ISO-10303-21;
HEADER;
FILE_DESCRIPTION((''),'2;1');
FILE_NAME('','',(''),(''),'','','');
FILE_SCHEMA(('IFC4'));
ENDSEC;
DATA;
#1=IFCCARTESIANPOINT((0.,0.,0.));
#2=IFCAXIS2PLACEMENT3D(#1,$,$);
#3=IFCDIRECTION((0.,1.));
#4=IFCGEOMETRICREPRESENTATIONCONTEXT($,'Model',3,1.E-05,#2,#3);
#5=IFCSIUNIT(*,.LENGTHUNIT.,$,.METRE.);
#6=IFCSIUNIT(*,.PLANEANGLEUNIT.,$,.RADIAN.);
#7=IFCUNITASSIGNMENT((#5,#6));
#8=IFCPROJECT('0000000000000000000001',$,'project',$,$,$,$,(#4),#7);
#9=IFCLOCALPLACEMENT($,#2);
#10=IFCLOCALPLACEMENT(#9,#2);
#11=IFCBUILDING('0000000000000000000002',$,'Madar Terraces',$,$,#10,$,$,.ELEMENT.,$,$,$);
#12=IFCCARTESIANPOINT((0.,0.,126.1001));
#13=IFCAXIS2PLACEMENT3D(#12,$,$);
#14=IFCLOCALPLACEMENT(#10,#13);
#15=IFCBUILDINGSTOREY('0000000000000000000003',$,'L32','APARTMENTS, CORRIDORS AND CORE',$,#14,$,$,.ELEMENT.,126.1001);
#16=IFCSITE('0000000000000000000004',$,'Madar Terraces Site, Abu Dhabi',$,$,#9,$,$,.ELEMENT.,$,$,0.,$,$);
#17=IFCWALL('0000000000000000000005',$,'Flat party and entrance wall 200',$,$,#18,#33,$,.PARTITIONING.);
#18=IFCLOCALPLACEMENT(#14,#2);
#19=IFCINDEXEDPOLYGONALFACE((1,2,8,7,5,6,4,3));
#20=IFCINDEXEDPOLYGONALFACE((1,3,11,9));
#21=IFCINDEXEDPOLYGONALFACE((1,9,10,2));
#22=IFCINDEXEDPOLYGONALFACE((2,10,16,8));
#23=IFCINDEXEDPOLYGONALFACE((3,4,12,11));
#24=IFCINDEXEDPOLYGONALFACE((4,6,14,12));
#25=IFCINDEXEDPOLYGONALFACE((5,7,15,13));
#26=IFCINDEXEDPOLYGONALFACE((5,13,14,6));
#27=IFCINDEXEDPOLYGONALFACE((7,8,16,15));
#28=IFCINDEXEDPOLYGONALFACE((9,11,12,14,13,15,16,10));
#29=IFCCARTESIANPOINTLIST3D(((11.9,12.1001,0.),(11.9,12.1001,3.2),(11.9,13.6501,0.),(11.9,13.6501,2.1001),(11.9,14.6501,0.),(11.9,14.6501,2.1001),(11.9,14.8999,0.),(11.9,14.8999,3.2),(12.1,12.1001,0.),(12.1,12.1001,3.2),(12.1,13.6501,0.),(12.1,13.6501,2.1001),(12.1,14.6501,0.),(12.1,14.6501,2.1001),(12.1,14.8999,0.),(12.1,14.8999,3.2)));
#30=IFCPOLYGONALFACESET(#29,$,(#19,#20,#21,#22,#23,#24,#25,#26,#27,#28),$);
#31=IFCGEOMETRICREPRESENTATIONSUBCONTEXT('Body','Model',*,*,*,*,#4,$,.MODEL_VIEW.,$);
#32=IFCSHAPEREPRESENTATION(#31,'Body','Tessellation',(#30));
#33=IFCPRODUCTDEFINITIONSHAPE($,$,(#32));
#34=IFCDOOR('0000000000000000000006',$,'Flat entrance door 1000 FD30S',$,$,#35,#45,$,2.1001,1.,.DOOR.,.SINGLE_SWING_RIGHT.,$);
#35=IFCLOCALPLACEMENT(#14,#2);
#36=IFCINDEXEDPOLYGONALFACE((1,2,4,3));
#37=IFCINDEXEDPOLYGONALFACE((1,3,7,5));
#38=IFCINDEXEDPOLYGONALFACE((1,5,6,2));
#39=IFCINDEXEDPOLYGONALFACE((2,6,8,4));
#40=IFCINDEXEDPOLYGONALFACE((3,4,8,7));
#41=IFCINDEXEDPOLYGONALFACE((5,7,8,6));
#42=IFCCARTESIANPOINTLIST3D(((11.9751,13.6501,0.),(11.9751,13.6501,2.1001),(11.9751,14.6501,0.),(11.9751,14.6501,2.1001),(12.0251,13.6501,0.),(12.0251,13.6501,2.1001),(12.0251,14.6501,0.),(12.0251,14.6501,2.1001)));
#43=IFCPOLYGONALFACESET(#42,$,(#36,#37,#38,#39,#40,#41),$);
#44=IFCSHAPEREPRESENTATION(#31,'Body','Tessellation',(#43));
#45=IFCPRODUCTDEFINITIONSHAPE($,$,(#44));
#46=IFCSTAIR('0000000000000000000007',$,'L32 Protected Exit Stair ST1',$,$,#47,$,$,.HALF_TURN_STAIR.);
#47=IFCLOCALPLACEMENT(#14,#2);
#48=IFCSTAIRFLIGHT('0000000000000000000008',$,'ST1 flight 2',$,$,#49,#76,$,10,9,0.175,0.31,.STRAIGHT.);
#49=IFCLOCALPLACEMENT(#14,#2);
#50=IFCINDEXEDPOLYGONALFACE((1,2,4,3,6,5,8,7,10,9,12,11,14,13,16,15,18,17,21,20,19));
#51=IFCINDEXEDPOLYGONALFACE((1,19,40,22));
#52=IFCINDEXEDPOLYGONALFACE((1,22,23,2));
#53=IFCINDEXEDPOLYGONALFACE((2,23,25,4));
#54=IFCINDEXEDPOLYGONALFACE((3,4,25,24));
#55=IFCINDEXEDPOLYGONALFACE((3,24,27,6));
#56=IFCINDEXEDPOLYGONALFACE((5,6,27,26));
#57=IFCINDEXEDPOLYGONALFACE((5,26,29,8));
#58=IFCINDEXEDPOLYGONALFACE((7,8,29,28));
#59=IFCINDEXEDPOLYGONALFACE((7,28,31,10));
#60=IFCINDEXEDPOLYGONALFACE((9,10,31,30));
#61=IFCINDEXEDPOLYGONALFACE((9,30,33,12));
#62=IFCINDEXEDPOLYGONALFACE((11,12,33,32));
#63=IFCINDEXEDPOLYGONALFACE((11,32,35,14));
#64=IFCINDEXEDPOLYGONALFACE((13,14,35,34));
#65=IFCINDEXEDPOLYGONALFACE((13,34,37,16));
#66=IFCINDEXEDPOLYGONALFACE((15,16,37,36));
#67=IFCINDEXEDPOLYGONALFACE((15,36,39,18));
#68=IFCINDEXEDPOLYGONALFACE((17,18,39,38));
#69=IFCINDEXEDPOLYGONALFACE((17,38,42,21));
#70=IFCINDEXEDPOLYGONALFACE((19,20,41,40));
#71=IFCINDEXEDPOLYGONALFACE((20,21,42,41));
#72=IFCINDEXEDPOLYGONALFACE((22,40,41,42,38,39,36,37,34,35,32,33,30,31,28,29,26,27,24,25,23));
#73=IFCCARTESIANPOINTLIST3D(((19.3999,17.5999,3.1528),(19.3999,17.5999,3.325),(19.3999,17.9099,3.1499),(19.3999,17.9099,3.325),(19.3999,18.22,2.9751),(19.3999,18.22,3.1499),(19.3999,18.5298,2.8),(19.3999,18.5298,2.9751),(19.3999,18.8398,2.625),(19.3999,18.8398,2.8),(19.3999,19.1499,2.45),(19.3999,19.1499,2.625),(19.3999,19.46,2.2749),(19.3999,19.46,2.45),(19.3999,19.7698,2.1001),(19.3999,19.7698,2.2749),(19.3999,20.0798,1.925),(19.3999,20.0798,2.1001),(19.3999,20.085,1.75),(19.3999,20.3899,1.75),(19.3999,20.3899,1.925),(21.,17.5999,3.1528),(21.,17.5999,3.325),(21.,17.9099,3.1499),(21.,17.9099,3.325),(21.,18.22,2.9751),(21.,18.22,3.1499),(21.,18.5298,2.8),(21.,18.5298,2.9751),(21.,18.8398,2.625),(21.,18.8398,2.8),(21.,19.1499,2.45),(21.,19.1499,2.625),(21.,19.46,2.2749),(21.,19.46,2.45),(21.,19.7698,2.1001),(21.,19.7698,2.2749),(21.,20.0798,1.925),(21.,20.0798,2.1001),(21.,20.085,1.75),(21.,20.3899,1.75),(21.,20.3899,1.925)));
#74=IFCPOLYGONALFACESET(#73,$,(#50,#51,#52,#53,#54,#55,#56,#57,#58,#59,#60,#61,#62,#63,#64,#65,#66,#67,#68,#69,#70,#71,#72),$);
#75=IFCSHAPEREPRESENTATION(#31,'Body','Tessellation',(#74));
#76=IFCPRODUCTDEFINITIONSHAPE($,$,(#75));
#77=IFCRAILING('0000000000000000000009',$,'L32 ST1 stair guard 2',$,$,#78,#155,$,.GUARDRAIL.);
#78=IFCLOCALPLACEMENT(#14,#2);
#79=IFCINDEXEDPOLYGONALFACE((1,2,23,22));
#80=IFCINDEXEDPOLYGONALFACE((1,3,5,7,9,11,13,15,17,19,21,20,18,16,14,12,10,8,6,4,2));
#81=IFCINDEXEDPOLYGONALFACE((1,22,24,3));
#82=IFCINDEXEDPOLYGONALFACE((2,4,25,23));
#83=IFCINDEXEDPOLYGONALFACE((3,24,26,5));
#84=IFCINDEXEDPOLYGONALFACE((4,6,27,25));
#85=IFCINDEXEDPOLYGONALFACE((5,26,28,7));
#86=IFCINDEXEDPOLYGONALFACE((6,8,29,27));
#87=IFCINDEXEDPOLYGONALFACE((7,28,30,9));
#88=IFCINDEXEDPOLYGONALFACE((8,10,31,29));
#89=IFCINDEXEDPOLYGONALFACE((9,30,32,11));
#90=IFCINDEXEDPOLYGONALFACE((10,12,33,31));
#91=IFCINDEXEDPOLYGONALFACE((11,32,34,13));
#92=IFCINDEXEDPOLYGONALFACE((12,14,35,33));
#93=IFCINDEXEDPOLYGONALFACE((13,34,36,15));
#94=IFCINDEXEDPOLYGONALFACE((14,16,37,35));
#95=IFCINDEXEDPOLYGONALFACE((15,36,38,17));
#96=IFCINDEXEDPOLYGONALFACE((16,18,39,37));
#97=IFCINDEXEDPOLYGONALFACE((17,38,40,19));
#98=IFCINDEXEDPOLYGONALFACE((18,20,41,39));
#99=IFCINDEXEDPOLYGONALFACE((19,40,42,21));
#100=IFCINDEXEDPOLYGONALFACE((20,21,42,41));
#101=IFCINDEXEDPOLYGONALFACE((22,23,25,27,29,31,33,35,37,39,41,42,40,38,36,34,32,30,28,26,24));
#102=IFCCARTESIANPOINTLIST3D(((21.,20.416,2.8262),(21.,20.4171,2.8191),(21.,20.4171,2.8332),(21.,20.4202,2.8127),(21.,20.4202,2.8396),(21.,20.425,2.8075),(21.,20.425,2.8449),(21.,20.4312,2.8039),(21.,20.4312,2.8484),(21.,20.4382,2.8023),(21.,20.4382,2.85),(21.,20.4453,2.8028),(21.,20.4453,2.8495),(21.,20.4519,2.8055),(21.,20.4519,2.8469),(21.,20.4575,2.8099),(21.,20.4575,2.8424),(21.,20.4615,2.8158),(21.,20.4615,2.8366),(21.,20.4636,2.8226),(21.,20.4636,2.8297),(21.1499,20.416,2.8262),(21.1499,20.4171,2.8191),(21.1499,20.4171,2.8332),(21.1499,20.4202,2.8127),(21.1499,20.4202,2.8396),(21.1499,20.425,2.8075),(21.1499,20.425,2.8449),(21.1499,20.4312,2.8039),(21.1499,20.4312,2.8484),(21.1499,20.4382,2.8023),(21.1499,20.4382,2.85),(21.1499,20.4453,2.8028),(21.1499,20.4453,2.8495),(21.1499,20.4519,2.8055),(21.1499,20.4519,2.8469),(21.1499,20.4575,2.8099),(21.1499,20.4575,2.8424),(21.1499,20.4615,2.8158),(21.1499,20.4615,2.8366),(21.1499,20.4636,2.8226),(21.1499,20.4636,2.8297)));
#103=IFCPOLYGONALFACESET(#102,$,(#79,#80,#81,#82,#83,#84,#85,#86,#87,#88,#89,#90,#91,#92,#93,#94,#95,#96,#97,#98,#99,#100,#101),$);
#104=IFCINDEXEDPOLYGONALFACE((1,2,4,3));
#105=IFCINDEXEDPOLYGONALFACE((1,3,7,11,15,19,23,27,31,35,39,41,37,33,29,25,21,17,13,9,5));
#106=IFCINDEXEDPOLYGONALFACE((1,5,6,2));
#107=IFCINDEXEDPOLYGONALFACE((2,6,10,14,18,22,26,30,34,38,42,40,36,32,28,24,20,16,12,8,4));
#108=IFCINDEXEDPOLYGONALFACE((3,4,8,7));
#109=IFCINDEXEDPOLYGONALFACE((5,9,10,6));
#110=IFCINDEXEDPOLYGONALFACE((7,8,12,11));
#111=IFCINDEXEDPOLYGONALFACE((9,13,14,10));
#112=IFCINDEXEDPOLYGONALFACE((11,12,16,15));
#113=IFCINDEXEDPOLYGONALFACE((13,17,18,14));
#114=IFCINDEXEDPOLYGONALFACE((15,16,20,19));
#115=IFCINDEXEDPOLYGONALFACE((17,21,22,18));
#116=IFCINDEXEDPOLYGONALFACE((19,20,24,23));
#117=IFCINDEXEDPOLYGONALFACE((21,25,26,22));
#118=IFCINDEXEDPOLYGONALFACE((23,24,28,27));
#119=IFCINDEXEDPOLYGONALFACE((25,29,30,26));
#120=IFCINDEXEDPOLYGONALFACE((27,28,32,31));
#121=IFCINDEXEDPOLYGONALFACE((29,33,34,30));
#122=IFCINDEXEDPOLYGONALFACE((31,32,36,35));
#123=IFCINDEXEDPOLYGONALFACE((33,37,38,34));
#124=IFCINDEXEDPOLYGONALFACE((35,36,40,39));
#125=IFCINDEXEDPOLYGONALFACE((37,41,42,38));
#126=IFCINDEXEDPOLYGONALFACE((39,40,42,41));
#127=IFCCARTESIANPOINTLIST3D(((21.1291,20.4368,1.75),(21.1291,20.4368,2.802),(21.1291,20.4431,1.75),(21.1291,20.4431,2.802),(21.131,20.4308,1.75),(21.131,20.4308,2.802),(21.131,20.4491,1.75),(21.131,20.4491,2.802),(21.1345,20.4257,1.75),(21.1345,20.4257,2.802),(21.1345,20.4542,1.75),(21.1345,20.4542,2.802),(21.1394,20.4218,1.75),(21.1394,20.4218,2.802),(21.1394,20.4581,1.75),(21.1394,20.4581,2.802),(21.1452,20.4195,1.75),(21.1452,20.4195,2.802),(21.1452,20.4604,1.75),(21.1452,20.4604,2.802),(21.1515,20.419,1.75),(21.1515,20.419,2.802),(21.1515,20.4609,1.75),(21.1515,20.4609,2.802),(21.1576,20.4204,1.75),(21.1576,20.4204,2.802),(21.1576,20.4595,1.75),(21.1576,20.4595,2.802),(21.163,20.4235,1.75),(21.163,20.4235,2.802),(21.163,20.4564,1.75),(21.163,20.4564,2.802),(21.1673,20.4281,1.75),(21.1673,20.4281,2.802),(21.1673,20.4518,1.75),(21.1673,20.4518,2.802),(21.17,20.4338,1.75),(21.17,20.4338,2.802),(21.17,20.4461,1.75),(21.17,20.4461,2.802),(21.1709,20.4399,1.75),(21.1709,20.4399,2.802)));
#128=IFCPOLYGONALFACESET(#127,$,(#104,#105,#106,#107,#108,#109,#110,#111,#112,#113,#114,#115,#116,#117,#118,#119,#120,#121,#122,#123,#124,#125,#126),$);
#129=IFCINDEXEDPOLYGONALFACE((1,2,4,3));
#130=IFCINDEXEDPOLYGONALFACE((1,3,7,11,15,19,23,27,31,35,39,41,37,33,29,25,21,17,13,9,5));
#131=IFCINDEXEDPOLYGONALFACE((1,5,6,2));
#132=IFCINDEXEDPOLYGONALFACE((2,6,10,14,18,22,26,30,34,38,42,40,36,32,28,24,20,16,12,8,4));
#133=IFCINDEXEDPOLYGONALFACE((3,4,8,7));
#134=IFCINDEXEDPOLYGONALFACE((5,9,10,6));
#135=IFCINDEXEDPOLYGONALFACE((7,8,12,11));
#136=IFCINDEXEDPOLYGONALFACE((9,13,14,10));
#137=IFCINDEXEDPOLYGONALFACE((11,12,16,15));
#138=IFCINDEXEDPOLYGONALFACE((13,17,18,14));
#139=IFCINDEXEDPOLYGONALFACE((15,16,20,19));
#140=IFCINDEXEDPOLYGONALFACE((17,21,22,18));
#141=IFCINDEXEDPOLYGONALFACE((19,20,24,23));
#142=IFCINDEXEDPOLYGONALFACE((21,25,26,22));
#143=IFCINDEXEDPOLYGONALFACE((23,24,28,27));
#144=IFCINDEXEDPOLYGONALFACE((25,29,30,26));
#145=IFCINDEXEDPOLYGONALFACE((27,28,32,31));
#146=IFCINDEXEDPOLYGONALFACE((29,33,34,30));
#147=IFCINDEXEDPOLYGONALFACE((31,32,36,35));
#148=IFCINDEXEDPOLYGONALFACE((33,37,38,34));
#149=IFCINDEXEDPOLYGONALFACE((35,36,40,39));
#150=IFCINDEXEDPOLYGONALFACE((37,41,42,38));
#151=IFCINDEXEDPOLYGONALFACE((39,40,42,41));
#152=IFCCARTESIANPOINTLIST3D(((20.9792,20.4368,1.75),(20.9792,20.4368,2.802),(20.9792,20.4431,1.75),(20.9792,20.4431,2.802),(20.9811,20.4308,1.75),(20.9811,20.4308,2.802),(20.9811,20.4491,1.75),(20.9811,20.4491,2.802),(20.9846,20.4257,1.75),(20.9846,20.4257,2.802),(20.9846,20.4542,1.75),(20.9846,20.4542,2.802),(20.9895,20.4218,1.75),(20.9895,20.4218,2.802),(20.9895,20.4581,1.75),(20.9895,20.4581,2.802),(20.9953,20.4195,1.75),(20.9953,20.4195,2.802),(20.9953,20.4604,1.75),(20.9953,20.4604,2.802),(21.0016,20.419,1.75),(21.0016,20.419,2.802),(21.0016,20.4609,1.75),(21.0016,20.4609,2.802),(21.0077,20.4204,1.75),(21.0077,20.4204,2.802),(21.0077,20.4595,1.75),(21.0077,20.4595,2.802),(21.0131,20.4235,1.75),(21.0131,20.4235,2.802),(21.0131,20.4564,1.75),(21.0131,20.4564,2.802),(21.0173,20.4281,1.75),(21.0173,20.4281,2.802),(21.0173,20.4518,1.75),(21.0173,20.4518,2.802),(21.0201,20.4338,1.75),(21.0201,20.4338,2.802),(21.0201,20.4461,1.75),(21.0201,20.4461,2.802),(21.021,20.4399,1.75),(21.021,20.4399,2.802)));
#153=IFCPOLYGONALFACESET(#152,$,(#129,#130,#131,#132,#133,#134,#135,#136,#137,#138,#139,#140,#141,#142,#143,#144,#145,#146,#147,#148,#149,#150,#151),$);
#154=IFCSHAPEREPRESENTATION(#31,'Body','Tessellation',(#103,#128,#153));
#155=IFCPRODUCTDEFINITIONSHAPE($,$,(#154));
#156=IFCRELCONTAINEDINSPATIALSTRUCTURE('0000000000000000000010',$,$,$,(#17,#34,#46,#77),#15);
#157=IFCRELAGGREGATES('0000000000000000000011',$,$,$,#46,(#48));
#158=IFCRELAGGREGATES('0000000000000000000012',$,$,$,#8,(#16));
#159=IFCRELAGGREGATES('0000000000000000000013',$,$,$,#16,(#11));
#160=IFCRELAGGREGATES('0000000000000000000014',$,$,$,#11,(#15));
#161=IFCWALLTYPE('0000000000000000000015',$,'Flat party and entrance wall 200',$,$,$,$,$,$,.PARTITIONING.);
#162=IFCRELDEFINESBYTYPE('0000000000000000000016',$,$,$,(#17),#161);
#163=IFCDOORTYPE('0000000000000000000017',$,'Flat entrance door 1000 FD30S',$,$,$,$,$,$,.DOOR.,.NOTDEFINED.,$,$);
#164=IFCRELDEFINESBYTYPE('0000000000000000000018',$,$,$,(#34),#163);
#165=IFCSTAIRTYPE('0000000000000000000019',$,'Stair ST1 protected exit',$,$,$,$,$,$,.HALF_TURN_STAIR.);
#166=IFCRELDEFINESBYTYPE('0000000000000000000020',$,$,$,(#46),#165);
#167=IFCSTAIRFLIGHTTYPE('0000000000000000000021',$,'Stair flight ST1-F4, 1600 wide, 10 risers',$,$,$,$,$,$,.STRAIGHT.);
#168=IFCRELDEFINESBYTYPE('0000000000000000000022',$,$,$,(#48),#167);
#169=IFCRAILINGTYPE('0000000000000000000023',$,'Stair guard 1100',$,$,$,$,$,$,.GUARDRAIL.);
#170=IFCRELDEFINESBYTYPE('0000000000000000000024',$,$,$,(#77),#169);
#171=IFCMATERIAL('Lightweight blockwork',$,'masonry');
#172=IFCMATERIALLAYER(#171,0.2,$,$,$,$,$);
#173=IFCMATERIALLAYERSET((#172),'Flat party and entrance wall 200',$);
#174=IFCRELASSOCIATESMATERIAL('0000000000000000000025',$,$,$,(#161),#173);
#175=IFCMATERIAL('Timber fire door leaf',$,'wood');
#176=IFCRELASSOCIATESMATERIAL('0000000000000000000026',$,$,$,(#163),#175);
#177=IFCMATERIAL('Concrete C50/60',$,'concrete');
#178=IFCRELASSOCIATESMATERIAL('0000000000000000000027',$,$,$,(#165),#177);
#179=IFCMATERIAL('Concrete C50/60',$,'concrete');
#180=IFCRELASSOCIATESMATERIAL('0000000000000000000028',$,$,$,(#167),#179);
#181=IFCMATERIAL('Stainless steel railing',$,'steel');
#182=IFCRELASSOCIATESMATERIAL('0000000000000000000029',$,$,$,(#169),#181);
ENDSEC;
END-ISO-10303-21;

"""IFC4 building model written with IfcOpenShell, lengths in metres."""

from ifc_helpers import new_model, si_unit, direction, frame, frame_2d, origin, origin_2d, place, context, subcontext, project, spatial, polyline, rectangle, circle, outline, extrude, material, layer, layer_set, type_object, element, fill, aggregate, save


model = new_model("IFC4")

# Units and contexts
model_context = context("Model", 3, precision=1e-05, world=origin(), true_north=direction((0.0, 1.0)))
body_context = subcontext(model_context, "Body", "Model", "MODEL_VIEW")
ifc_project = project(units=[si_unit("LENGTHUNIT", "METRE"), si_unit("PLANEANGLEUNIT", "RADIAN")], contexts=[model_context])

# Site, building, storey
site_placement = place(None, origin())
site = spatial("IfcSite", under=ifc_project, at=site_placement, Name="Madar Terraces Site, Abu Dhabi", CompositionType="ELEMENT", RefElevation=0.0)
building_placement = place(site_placement, origin())
building = spatial("IfcBuilding", under=site, at=building_placement, Name="Madar Terraces", CompositionType="ELEMENT")
storey_placement = place(building_placement, frame((0.0, 0.0, 126.1001)))
storey = spatial("IfcBuildingStorey", under=building, at=storey_placement, Name="L32", Description="APARTMENTS, CORRIDORS AND CORE", CompositionType="ELEMENT", Elevation=126.1001)

# Wall, opening, door
ifc_material_1 = material(Name="Lightweight blockwork", Category="masonry")
ifc_layer_1 = layer(ifc_material_1, 0.2)
ifc_layer_set_1 = layer_set([ifc_layer_1], Name="Flat party and entrance wall 200")
wall_type_1 = type_object("IfcWallType", Name="Flat party and entrance wall 200", PredefinedType="PARTITIONING", material=ifc_layer_set_1)
wall_1_placement = place(storey_placement, frame((12.0, 12.1001, 0.0), z_axis=(0.0, 0.0, 1.0), x_axis=(0.0, 1.0, 0.0)))
wall_1 = element("IfcWall", 1, at=wall_1_placement, inside=storey, type_object=wall_type_1, Name="Flat party and entrance wall 200", PredefinedType="PARTITIONING", context=body_context, shape_type="SweptSolid", body=[
    extrude(rectangle(XDim=2.7998, YDim=0.2, at=frame_2d((1.3999, 0.0))), origin(), (0.0, 0.0, 1.0), 3.2),
])
opening_1_placement = place(wall_1_placement, frame((1.55, 0.0, 0.0)))
opening_1 = element("IfcOpeningElement", 2, at=opening_1_placement, cuts=wall_1, PredefinedType="OPENING", context=body_context, shape_type="SweptSolid", body=[
    extrude(rectangle(XDim=1.0, YDim=2.1001, at=frame_2d((0.5, 1.05))), frame((0.0, 0.1099, 0.0), z_axis=(0.0, -1.0, 0.0), x_axis=(1.0, 0.0, 0.0)), (0.0, 0.0, 1.0), 0.22),
])
ifc_material_2 = material(Name="Timber fire door leaf", Category="wood")
door_type_1 = type_object("IfcDoorType", Name="Flat entrance door 1000 FD30S", OperationType="NOTDEFINED", PredefinedType="DOOR", material=ifc_material_2)
door_1_placement = place(opening_1_placement, origin())
door_1 = element("IfcDoor", 3, at=door_1_placement, inside=storey, type_object=door_type_1, Name="Flat entrance door 1000 FD30S", OperationType="SINGLE_SWING_RIGHT", OverallHeight=2.1001, OverallWidth=1.0, PredefinedType="DOOR", context=body_context, shape_type="SweptSolid", body=[
    extrude(rectangle(XDim=1.0, YDim=2.1001, at=frame_2d((0.5, 1.05))), frame((0.0, 0.0249, 0.0), z_axis=(0.0, -1.0, 0.0), x_axis=(1.0, 0.0, 0.0)), (0.0, 0.0, 1.0), 0.05),
])
fill(opening_1, door_1)

# Stair, stair flight
ifc_material_3 = material(Name="Concrete C50/60", Category="concrete")
stair_type = type_object("IfcStairType", Name="Stair ST1 protected exit", PredefinedType="HALF_TURN_STAIR", material=ifc_material_3)
stair_placement = place(storey_placement, origin())
stair = element("IfcStair", 4, at=stair_placement, inside=storey, type_object=stair_type, Name="L32 Protected Exit Stair ST1", PredefinedType="HALF_TURN_STAIR")
ifc_material_4 = material(Name="Concrete C50/60", Category="concrete")
stair_flight_type = type_object("IfcStairFlightType", Name="Stair flight ST1-F4, 1600 wide, 10 risers", PredefinedType="STRAIGHT", material=ifc_material_4)
stair_flight_placement = place(storey_placement, frame((20.2, 20.3899, 1.75), z_axis=(0.0, 0.0, 1.0), x_axis=(0.0, -1.0, 0.0)))
stair_flight = element("IfcStairFlight", 5, at=stair_flight_placement, type_object=stair_flight_type, Name="ST1 flight 2", NumberOfRisers=10, NumberOfTreads=9, PredefinedType="STRAIGHT", RiserHeight=0.175, TreadLength=0.31, context=body_context, shape_type="SweptSolid", body=[
    extrude(outline(polyline([(0.0, 0.0), (0.0, 0.175), (0.3101, 0.175), (0.3101, 0.3501), (0.6201, 0.3501), (0.6201, 0.5249), (0.9299, 0.5249), (0.9299, 0.7), (1.24, 0.7), (1.24, 0.875), (1.55, 0.875), (1.55, 1.05), (1.8601, 1.05), (1.8601, 1.2251), (2.1699, 1.2251), (2.1699, 1.3999), (2.48, 1.3999), (2.48, 1.575), (2.79, 1.575), (2.79, 1.75), (2.79, 1.4028), (0.3049, 0.0), (0.0, 0.0)])), frame((0.0, 0.8, 0.0), z_axis=(0.0, -1.0, 0.0), x_axis=(1.0, 0.0, 0.0)), (0.0, 0.0, 1.0), 1.6001),
])
aggregate(stair, [stair_flight])

# Railing
ifc_material_5 = material(Name="Stainless steel railing", Category="steel")
railing_type_1 = type_object("IfcRailingType", Name="Stair guard 1100", PredefinedType="GUARDRAIL", material=ifc_material_5)
railing_1_placement = place(storey_placement, frame((21.1499, 20.4399, 1.75)))
element("IfcRailing", 6, at=railing_1_placement, inside=storey, type_object=railing_type_1, Name="L32 ST1 stair guard 2", PredefinedType="GUARDRAIL", context=body_context, shape_type="SweptSolid", body=[
    extrude(circle(Radius=0.0239, at=origin_2d()), frame((0.0, 0.0, 1.0762), z_axis=(-1.0, 0.0, 0.0), x_axis=(0.0, -1.0, 0.0)), (0.0, 0.0, 1.0), 0.1499),
    extrude(circle(Radius=0.021, at=origin_2d()), origin(), (0.0, 0.0, 1.0), 1.052),
    extrude(circle(Radius=0.021, at=origin_2d()), frame((-0.1499, 0.0, 0.0)), (0.0, 0.0, 1.0), 1.052),
])

save(model, "model.ifc")
